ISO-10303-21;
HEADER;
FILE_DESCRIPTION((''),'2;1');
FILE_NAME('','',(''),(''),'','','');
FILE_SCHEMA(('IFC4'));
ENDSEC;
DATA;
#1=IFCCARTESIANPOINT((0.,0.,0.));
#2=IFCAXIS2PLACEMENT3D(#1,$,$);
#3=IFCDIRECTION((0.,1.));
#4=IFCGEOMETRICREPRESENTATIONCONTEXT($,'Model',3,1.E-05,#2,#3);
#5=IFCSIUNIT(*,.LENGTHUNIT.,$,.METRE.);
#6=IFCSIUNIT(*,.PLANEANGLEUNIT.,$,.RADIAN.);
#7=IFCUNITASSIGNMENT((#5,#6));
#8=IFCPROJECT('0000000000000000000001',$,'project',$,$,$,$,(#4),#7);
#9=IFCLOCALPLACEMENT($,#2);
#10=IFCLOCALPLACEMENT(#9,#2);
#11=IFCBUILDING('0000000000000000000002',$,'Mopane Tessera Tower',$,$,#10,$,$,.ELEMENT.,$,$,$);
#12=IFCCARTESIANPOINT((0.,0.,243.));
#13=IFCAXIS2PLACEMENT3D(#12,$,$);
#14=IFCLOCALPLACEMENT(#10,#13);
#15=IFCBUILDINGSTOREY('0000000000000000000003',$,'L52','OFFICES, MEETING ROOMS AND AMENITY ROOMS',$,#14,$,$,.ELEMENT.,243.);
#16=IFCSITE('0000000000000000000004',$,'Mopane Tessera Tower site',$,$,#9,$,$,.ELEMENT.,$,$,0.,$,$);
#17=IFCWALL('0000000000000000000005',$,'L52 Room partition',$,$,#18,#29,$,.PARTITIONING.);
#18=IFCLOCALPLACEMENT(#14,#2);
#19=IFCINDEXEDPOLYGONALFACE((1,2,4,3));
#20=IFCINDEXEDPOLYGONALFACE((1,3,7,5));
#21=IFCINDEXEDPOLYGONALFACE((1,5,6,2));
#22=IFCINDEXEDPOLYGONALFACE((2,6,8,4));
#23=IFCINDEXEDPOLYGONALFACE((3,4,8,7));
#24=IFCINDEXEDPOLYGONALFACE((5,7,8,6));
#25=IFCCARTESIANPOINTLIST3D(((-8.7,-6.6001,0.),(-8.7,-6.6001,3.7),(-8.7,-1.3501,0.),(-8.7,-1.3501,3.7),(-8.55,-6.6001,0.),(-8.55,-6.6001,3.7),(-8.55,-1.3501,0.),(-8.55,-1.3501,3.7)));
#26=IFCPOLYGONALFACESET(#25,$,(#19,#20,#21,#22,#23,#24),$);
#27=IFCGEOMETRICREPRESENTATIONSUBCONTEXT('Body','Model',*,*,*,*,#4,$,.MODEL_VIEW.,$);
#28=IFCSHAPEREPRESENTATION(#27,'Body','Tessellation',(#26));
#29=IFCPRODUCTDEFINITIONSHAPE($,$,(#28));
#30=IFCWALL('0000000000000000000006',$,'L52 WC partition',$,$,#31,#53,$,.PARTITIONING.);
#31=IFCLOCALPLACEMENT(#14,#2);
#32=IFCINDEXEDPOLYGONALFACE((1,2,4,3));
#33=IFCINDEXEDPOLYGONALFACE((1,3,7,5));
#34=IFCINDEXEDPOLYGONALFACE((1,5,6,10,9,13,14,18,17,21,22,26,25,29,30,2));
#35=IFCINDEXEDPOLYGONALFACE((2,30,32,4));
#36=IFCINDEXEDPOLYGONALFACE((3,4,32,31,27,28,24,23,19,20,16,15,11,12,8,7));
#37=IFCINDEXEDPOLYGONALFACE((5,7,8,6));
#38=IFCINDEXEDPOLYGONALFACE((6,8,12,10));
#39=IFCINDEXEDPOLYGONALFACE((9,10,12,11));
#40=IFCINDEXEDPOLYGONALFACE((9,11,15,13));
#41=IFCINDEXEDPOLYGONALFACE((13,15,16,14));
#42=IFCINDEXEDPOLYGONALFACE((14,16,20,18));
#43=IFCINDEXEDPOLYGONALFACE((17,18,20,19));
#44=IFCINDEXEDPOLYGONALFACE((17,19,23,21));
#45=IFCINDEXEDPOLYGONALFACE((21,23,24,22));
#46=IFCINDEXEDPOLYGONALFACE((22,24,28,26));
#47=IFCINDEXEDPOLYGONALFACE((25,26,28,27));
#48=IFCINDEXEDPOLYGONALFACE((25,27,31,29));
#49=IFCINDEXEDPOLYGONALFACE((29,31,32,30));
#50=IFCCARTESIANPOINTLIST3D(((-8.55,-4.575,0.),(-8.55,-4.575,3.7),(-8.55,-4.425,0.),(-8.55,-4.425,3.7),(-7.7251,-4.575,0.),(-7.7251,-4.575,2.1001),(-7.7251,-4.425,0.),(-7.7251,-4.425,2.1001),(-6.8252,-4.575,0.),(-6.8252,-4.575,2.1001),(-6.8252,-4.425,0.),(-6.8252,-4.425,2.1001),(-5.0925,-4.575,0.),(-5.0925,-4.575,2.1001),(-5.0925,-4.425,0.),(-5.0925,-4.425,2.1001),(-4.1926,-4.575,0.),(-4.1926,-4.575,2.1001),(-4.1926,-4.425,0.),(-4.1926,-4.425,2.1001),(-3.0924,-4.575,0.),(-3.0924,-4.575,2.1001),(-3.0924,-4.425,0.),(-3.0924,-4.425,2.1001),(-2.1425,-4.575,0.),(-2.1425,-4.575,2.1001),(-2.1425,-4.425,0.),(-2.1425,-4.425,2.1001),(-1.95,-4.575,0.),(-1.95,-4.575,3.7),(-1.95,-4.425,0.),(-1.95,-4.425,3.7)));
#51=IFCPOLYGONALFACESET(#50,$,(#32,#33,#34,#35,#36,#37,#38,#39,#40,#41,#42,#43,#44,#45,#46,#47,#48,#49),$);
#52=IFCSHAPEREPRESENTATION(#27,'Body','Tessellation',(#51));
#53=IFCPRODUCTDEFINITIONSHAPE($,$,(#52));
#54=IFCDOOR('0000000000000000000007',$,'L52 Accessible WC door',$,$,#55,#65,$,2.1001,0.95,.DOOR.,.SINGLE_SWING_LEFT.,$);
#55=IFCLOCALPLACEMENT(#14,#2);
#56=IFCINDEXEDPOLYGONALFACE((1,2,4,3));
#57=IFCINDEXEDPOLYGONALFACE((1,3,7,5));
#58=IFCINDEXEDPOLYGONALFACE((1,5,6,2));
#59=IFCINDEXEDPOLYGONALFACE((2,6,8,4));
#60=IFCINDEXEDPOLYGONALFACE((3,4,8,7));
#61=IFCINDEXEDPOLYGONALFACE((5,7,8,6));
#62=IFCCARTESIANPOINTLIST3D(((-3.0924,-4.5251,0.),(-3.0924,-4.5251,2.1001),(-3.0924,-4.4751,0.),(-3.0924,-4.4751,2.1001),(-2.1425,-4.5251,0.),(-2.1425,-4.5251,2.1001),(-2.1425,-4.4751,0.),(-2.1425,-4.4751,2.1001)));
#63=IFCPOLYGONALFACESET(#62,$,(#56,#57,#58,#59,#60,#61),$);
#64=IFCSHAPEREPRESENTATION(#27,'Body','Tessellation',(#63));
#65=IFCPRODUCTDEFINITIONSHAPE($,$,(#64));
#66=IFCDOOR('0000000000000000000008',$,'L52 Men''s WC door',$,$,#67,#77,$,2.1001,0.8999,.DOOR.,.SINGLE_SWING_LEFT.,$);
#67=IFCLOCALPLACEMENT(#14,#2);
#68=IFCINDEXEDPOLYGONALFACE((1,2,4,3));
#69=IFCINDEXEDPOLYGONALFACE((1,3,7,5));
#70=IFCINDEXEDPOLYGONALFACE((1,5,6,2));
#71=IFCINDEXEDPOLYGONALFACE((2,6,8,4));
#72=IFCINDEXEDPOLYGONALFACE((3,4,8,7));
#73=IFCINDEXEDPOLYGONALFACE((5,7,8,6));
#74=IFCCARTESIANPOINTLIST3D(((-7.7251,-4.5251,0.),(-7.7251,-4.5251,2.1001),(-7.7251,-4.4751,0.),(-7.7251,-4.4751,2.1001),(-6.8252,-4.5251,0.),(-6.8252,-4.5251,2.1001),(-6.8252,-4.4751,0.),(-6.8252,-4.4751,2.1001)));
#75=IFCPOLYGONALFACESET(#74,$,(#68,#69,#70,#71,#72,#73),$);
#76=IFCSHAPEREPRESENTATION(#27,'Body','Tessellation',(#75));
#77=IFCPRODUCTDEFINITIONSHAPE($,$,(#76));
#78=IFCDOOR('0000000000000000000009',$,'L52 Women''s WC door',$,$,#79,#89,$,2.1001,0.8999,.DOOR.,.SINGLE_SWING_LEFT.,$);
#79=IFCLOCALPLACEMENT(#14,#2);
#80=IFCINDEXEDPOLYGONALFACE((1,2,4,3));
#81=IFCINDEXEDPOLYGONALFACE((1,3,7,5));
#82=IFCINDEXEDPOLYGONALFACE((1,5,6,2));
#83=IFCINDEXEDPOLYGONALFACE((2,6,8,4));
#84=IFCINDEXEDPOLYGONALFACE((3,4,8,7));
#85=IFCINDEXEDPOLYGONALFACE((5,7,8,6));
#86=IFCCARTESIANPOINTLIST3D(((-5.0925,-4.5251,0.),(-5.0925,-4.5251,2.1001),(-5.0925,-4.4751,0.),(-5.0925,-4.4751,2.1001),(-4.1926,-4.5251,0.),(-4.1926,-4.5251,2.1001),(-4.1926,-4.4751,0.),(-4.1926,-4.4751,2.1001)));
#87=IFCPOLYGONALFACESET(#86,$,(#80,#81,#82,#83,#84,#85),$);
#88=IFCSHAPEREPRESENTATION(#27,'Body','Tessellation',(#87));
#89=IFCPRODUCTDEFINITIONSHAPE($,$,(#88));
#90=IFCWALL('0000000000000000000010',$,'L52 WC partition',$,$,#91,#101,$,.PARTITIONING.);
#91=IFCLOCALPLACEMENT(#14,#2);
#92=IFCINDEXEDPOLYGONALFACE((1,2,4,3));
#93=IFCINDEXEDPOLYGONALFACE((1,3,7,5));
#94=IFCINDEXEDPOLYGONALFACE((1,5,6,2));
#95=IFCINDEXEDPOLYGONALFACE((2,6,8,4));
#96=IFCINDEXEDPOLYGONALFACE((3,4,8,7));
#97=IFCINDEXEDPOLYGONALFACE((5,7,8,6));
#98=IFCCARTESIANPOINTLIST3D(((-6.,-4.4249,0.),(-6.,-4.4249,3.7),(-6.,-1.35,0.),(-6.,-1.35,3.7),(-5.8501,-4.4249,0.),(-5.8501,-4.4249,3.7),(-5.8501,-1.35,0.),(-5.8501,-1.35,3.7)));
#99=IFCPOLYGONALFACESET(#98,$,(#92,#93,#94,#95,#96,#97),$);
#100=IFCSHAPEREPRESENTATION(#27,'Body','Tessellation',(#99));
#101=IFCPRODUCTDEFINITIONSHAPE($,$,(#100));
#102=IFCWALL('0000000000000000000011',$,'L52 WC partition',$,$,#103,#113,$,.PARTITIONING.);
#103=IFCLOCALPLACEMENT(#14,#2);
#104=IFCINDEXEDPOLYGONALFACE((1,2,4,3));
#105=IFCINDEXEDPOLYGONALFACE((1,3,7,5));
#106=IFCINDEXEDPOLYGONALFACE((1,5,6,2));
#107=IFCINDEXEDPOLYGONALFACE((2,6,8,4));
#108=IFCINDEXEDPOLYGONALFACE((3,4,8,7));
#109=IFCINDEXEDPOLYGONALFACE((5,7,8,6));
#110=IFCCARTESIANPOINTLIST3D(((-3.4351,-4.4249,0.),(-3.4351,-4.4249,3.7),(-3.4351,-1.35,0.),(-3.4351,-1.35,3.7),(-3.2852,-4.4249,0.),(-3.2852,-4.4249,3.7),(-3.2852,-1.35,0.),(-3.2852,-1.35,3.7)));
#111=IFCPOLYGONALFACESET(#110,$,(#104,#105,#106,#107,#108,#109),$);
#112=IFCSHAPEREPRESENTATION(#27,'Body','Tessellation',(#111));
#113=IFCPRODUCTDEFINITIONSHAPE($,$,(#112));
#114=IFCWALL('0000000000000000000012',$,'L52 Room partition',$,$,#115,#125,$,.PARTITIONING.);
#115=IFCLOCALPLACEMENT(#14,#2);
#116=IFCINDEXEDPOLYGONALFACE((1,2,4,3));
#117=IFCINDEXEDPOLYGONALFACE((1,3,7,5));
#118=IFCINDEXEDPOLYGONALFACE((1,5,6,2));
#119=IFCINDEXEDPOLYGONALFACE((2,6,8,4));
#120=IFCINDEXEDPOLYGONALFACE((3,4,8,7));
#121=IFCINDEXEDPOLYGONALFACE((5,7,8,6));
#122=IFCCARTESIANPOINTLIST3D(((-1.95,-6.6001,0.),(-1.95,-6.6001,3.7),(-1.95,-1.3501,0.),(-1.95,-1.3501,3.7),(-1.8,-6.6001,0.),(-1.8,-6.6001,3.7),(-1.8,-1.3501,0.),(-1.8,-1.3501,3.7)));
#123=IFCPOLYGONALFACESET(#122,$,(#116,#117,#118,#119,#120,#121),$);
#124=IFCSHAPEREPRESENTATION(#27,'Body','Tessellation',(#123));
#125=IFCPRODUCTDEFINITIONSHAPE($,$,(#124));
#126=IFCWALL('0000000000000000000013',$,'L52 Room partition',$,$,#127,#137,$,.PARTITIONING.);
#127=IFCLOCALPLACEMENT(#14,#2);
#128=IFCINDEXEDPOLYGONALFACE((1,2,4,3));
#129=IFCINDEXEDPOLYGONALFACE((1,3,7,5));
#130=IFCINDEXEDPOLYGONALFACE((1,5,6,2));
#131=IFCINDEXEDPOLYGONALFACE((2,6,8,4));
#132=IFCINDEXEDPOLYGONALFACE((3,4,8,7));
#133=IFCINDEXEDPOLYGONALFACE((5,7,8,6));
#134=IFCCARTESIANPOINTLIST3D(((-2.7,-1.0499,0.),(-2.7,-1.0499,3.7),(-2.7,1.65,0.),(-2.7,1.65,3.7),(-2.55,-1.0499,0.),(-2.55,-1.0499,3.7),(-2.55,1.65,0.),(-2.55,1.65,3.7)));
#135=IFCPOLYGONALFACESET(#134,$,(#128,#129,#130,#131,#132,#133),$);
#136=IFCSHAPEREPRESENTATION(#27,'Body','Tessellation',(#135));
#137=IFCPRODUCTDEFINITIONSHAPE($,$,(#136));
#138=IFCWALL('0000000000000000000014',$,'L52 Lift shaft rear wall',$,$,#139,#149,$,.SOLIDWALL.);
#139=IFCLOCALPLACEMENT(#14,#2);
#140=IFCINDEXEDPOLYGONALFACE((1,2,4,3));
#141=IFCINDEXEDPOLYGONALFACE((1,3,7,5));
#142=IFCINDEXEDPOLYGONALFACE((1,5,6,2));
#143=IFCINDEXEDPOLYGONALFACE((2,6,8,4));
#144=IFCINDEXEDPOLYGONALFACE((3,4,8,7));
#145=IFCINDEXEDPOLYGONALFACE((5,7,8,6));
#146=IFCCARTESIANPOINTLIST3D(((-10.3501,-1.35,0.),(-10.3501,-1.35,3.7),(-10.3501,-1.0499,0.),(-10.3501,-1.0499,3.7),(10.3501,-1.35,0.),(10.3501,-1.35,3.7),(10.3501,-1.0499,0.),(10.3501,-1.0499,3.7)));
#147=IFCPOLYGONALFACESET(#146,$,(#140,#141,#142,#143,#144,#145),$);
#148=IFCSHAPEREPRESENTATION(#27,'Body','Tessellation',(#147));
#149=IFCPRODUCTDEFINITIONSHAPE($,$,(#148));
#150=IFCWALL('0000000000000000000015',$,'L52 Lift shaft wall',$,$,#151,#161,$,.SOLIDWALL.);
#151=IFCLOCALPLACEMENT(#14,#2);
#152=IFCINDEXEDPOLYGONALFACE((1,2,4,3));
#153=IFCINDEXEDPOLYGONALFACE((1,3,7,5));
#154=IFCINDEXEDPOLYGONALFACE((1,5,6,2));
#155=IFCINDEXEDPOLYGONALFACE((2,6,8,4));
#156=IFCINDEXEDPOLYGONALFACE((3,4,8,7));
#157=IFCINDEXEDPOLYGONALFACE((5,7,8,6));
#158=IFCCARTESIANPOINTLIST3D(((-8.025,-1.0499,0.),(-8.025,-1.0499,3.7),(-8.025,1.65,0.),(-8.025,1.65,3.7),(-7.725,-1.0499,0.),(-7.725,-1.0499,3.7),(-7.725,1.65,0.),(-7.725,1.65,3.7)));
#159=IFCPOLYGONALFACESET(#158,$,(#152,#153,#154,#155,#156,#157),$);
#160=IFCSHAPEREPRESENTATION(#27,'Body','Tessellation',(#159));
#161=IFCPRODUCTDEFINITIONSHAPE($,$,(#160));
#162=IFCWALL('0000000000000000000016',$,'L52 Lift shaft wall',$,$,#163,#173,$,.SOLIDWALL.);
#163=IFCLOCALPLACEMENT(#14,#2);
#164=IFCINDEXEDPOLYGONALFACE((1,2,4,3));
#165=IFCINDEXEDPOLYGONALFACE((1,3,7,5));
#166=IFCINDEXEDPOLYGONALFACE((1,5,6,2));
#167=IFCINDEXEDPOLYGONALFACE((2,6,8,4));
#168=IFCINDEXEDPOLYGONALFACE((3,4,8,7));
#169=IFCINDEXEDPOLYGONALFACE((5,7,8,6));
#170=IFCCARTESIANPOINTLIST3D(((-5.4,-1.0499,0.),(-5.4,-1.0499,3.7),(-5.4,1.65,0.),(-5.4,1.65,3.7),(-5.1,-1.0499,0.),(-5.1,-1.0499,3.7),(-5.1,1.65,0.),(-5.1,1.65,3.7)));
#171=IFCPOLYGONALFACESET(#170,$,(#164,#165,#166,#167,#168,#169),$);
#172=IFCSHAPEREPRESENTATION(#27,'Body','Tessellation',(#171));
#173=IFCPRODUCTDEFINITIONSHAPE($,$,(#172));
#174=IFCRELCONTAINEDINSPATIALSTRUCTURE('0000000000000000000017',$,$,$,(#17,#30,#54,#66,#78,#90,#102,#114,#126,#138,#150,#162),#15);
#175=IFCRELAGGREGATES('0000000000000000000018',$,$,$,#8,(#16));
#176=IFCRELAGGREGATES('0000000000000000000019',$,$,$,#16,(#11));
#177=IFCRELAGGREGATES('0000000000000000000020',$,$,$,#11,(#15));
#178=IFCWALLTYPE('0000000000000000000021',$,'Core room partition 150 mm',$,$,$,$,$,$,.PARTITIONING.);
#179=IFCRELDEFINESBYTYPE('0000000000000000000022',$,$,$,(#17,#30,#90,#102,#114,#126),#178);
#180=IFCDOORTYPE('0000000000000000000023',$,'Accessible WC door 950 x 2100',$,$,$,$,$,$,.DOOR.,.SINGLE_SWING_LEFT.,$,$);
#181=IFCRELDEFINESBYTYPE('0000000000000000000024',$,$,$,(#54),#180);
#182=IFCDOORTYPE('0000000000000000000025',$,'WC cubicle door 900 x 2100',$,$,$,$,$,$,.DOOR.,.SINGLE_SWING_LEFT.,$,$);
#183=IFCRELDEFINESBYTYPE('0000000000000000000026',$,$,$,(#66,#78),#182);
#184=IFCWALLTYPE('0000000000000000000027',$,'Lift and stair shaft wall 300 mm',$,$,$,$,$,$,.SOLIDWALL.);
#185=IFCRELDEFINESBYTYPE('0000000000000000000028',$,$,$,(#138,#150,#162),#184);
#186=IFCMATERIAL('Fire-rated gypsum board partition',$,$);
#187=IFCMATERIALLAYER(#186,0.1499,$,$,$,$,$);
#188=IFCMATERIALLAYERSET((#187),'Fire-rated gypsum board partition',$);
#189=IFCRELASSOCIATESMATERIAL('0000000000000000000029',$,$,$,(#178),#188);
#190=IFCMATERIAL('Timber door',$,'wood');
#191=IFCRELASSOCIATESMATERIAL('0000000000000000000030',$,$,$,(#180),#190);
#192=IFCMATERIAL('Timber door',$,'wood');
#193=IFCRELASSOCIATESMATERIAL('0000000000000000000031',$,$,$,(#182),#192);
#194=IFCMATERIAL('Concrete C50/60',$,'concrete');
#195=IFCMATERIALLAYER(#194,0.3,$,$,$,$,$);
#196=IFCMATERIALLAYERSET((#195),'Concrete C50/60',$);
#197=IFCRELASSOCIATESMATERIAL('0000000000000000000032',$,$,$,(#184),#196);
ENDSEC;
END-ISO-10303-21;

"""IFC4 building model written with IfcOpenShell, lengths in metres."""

from ifc_helpers import new_model, si_unit, direction, frame, frame_2d, origin, place, context, subcontext, project, spatial, rectangle, extrude, material, layer, layer_set, type_object, element, fill, save


model = new_model("IFC4")

# Units and contexts
model_context = context("Model", 3, precision=1e-05, world=origin(), true_north=direction((0.0, 1.0)))
body_context = subcontext(model_context, "Body", "Model", "MODEL_VIEW")
ifc_project = project(units=[si_unit("LENGTHUNIT", "METRE"), si_unit("PLANEANGLEUNIT", "RADIAN")], contexts=[model_context])

# Site, building, storey
site_placement = place(None, origin())
site = spatial("IfcSite", under=ifc_project, at=site_placement, Name="Mopane Tessera Tower site", CompositionType="ELEMENT", RefElevation=0.0)
building_placement = place(site_placement, origin())
building = spatial("IfcBuilding", under=site, at=building_placement, Name="Mopane Tessera Tower", CompositionType="ELEMENT")
storey_placement = place(building_placement, frame((0.0, 0.0, 243.0)))
storey = spatial("IfcBuildingStorey", under=building, at=storey_placement, Name="L52", Description="OFFICES, MEETING ROOMS AND AMENITY ROOMS", CompositionType="ELEMENT", Elevation=243.0)

# Wall
ifc_material_1 = material(Name="Fire-rated gypsum board partition")
ifc_layer_1 = layer(ifc_material_1, 0.1499)
ifc_layer_set_1 = layer_set([ifc_layer_1], Name="Fire-rated gypsum board partition")
wall_type_1 = type_object("IfcWallType", Name="Core room partition 150 mm", PredefinedType="PARTITIONING", material=ifc_layer_set_1)
wall_1_placement = place(storey_placement, frame((-8.625, -6.6001, 0.0), z_axis=(0.0, 0.0, 1.0), x_axis=(0.0, 1.0, 0.0)))
element("IfcWall", 1, at=wall_1_placement, inside=storey, type_object=wall_type_1, Name="L52 Room partition", PredefinedType="PARTITIONING", context=body_context, shape_type="SweptSolid", body=[
    extrude(rectangle(XDim=5.25, YDim=0.1499, at=frame_2d((2.625, 0.0))), origin(), (0.0, 0.0, 1.0), 3.7),
])

# Wall, openings, doors
wall_2_placement = place(storey_placement, frame((-8.55, -4.5, 0.0), z_axis=(0.0, 0.0, 1.0), x_axis=(1.0, 0.0, 0.0)))
wall_2 = element("IfcWall", 2, at=wall_2_placement, inside=storey, type_object=wall_type_1, Name="L52 WC partition", PredefinedType="PARTITIONING", context=body_context, shape_type="SweptSolid", body=[
    extrude(rectangle(XDim=6.6001, YDim=0.1499, at=frame_2d((3.3, 0.0))), origin(), (0.0, 0.0, 1.0), 3.7),
])
opening_1_placement = place(wall_2_placement, frame((0.825, 0.0, 0.0)))
opening_1 = element("IfcOpeningElement", 3, at=opening_1_placement, cuts=wall_2, PredefinedType="OPENING", context=body_context, shape_type="SweptSolid", body=[
    extrude(rectangle(XDim=0.8999, YDim=2.1001, at=frame_2d((0.45, 1.05))), frame((0.0, 0.0869, 0.0), z_axis=(0.0, -1.0, 0.0), x_axis=(1.0, 0.0, 0.0)), (0.0, 0.0, 1.0), 0.1738),
])
opening_2_placement = place(wall_2_placement, frame((3.4575, 0.0, 0.0)))
opening_2 = element("IfcOpeningElement", 4, at=opening_2_placement, cuts=wall_2, PredefinedType="OPENING", context=body_context, shape_type="SweptSolid", body=[
    extrude(rectangle(XDim=0.8999, YDim=2.1001, at=frame_2d((0.45, 1.05))), frame((0.0, 0.0869, 0.0), z_axis=(0.0, -1.0, 0.0), x_axis=(1.0, 0.0, 0.0)), (0.0, 0.0, 1.0), 0.1738),
])
opening_3_placement = place(wall_2_placement, frame((5.4575, 0.0, 0.0)))
opening_3 = element("IfcOpeningElement", 5, at=opening_3_placement, cuts=wall_2, PredefinedType="OPENING", context=body_context, shape_type="SweptSolid", body=[
    extrude(rectangle(XDim=0.95, YDim=2.1001, at=frame_2d((0.4751, 1.05))), frame((0.0, 0.0869, 0.0), z_axis=(0.0, -1.0, 0.0), x_axis=(1.0, 0.0, 0.0)), (0.0, 0.0, 1.0), 0.1738),
])
ifc_material_2 = material(Name="Timber door", Category="wood")
door_type_1 = type_object("IfcDoorType", Name="Accessible WC door 950 x 2100", OperationType="SINGLE_SWING_LEFT", PredefinedType="DOOR", material=ifc_material_2)
door_1_placement = place(opening_3_placement, origin())
door_1 = element("IfcDoor", 6, at=door_1_placement, inside=storey, type_object=door_type_1, Name="L52 Accessible WC door", OperationType="SINGLE_SWING_LEFT", OverallHeight=2.1001, OverallWidth=0.95, PredefinedType="DOOR", context=body_context, shape_type="SweptSolid", body=[
    extrude(rectangle(XDim=0.95, YDim=2.1001, at=frame_2d((0.4751, 1.05))), frame((0.0, 0.0249, 0.0), z_axis=(0.0, -1.0, 0.0), x_axis=(1.0, 0.0, 0.0)), (0.0, 0.0, 1.0), 0.05),
])
fill(opening_3, door_1)
ifc_material_3 = material(Name="Timber door", Category="wood")
door_type_2 = type_object("IfcDoorType", Name="WC cubicle door 900 x 2100", OperationType="SINGLE_SWING_LEFT", PredefinedType="DOOR", material=ifc_material_3)
door_2_placement = place(opening_1_placement, origin())
door_2 = element("IfcDoor", 7, at=door_2_placement, inside=storey, type_object=door_type_2, Name="L52 Men's WC door", OperationType="SINGLE_SWING_LEFT", OverallHeight=2.1001, OverallWidth=0.8999, PredefinedType="DOOR", context=body_context, shape_type="SweptSolid", body=[
    extrude(rectangle(XDim=0.8999, YDim=2.1001, at=frame_2d((0.45, 1.05))), frame((0.0, 0.0249, 0.0), z_axis=(0.0, -1.0, 0.0), x_axis=(1.0, 0.0, 0.0)), (0.0, 0.0, 1.0), 0.05),
])
fill(opening_1, door_2)
door_3_placement = place(opening_2_placement, origin())
door_3 = element("IfcDoor", 8, at=door_3_placement, inside=storey, type_object=door_type_2, Name="L52 Women's WC door", OperationType="SINGLE_SWING_LEFT", OverallHeight=2.1001, OverallWidth=0.8999, PredefinedType="DOOR", context=body_context, shape_type="SweptSolid", body=[
    extrude(rectangle(XDim=0.8999, YDim=2.1001, at=frame_2d((0.45, 1.05))), frame((0.0, 0.0249, 0.0), z_axis=(0.0, -1.0, 0.0), x_axis=(1.0, 0.0, 0.0)), (0.0, 0.0, 1.0), 0.05),
])
fill(opening_2, door_3)

# Walls
for number, where, z_axis, x_axis, name in (
    (9, (-5.925, -4.425, 0.0), (0.0, 0.0, 1.0), (0.0, 1.0, 0.0), "L52 WC partition"),
    (10, (-3.3601, -4.425, 0.0), (0.0, 0.0, 1.0), (0.0, 1.0, 0.0), "L52 WC partition"),
):
    element("IfcWall", number, at=place(storey_placement, frame(where, z_axis=z_axis, x_axis=x_axis)), inside=storey, type_object=wall_type_1, Name=name, PredefinedType="PARTITIONING", context=body_context, shape_type="SweptSolid", body=[
        extrude(rectangle(XDim=3.075, YDim=0.1499, at=frame_2d((1.5376, 0.0))), origin(), (0.0, 0.0, 1.0), 3.7),
    ])
wall_3_placement = place(storey_placement, frame((-1.875, -6.6001, 0.0), z_axis=(0.0, 0.0, 1.0), x_axis=(0.0, 1.0, 0.0)))
element("IfcWall", 11, at=wall_3_placement, inside=storey, type_object=wall_type_1, Name="L52 Room partition", PredefinedType="PARTITIONING", context=body_context, shape_type="SweptSolid", body=[
    extrude(rectangle(XDim=5.25, YDim=0.1499, at=frame_2d((2.625, 0.0))), origin(), (0.0, 0.0, 1.0), 3.7),
])
wall_4_placement = place(storey_placement, frame((-2.625, -1.05, 0.0), z_axis=(0.0, 0.0, 1.0), x_axis=(0.0, 1.0, 0.0)))
element("IfcWall", 12, at=wall_4_placement, inside=storey, type_object=wall_type_1, Name="L52 Room partition", PredefinedType="PARTITIONING", context=body_context, shape_type="SweptSolid", body=[
    extrude(rectangle(XDim=2.7, YDim=0.1499, at=frame_2d((1.3501, 0.0))), origin(), (0.0, 0.0, 1.0), 3.7),
])
ifc_material_4 = material(Name="Concrete C50/60", Category="concrete")
ifc_layer_2 = layer(ifc_material_4, 0.3)
ifc_layer_set_2 = layer_set([ifc_layer_2], Name="Concrete C50/60")
wall_type_2 = type_object("IfcWallType", Name="Lift and stair shaft wall 300 mm", PredefinedType="SOLIDWALL", material=ifc_layer_set_2)
wall_5_placement = place(storey_placement, frame((-10.3501, -1.2, 0.0), z_axis=(0.0, 0.0, 1.0), x_axis=(1.0, 0.0, 0.0)))
element("IfcWall", 13, at=wall_5_placement, inside=storey, type_object=wall_type_2, Name="L52 Lift shaft rear wall", PredefinedType="SOLIDWALL", context=body_context, shape_type="SweptSolid", body=[
    extrude(rectangle(XDim=20.7002, YDim=0.3, at=frame_2d((10.3501, 0.0))), origin(), (0.0, 0.0, 1.0), 3.7),
])
for number, where, z_axis, x_axis, name in (
    (14, (-7.875, -1.05, 0.0), (0.0, 0.0, 1.0), (0.0, 1.0, 0.0), "L52 Lift shaft wall"),
    (15, (-5.25, -1.05, 0.0), (0.0, 0.0, 1.0), (0.0, 1.0, 0.0), "L52 Lift shaft wall"),
):
    element("IfcWall", number, at=place(storey_placement, frame(where, z_axis=z_axis, x_axis=x_axis)), inside=storey, type_object=wall_type_2, Name=name, PredefinedType="SOLIDWALL", context=body_context, shape_type="SweptSolid", body=[
        extrude(rectangle(XDim=2.7, YDim=0.3, at=frame_2d((1.3501, 0.0))), origin(), (0.0, 0.0, 1.0), 3.7),
    ])

save(model, "model.ifc")
